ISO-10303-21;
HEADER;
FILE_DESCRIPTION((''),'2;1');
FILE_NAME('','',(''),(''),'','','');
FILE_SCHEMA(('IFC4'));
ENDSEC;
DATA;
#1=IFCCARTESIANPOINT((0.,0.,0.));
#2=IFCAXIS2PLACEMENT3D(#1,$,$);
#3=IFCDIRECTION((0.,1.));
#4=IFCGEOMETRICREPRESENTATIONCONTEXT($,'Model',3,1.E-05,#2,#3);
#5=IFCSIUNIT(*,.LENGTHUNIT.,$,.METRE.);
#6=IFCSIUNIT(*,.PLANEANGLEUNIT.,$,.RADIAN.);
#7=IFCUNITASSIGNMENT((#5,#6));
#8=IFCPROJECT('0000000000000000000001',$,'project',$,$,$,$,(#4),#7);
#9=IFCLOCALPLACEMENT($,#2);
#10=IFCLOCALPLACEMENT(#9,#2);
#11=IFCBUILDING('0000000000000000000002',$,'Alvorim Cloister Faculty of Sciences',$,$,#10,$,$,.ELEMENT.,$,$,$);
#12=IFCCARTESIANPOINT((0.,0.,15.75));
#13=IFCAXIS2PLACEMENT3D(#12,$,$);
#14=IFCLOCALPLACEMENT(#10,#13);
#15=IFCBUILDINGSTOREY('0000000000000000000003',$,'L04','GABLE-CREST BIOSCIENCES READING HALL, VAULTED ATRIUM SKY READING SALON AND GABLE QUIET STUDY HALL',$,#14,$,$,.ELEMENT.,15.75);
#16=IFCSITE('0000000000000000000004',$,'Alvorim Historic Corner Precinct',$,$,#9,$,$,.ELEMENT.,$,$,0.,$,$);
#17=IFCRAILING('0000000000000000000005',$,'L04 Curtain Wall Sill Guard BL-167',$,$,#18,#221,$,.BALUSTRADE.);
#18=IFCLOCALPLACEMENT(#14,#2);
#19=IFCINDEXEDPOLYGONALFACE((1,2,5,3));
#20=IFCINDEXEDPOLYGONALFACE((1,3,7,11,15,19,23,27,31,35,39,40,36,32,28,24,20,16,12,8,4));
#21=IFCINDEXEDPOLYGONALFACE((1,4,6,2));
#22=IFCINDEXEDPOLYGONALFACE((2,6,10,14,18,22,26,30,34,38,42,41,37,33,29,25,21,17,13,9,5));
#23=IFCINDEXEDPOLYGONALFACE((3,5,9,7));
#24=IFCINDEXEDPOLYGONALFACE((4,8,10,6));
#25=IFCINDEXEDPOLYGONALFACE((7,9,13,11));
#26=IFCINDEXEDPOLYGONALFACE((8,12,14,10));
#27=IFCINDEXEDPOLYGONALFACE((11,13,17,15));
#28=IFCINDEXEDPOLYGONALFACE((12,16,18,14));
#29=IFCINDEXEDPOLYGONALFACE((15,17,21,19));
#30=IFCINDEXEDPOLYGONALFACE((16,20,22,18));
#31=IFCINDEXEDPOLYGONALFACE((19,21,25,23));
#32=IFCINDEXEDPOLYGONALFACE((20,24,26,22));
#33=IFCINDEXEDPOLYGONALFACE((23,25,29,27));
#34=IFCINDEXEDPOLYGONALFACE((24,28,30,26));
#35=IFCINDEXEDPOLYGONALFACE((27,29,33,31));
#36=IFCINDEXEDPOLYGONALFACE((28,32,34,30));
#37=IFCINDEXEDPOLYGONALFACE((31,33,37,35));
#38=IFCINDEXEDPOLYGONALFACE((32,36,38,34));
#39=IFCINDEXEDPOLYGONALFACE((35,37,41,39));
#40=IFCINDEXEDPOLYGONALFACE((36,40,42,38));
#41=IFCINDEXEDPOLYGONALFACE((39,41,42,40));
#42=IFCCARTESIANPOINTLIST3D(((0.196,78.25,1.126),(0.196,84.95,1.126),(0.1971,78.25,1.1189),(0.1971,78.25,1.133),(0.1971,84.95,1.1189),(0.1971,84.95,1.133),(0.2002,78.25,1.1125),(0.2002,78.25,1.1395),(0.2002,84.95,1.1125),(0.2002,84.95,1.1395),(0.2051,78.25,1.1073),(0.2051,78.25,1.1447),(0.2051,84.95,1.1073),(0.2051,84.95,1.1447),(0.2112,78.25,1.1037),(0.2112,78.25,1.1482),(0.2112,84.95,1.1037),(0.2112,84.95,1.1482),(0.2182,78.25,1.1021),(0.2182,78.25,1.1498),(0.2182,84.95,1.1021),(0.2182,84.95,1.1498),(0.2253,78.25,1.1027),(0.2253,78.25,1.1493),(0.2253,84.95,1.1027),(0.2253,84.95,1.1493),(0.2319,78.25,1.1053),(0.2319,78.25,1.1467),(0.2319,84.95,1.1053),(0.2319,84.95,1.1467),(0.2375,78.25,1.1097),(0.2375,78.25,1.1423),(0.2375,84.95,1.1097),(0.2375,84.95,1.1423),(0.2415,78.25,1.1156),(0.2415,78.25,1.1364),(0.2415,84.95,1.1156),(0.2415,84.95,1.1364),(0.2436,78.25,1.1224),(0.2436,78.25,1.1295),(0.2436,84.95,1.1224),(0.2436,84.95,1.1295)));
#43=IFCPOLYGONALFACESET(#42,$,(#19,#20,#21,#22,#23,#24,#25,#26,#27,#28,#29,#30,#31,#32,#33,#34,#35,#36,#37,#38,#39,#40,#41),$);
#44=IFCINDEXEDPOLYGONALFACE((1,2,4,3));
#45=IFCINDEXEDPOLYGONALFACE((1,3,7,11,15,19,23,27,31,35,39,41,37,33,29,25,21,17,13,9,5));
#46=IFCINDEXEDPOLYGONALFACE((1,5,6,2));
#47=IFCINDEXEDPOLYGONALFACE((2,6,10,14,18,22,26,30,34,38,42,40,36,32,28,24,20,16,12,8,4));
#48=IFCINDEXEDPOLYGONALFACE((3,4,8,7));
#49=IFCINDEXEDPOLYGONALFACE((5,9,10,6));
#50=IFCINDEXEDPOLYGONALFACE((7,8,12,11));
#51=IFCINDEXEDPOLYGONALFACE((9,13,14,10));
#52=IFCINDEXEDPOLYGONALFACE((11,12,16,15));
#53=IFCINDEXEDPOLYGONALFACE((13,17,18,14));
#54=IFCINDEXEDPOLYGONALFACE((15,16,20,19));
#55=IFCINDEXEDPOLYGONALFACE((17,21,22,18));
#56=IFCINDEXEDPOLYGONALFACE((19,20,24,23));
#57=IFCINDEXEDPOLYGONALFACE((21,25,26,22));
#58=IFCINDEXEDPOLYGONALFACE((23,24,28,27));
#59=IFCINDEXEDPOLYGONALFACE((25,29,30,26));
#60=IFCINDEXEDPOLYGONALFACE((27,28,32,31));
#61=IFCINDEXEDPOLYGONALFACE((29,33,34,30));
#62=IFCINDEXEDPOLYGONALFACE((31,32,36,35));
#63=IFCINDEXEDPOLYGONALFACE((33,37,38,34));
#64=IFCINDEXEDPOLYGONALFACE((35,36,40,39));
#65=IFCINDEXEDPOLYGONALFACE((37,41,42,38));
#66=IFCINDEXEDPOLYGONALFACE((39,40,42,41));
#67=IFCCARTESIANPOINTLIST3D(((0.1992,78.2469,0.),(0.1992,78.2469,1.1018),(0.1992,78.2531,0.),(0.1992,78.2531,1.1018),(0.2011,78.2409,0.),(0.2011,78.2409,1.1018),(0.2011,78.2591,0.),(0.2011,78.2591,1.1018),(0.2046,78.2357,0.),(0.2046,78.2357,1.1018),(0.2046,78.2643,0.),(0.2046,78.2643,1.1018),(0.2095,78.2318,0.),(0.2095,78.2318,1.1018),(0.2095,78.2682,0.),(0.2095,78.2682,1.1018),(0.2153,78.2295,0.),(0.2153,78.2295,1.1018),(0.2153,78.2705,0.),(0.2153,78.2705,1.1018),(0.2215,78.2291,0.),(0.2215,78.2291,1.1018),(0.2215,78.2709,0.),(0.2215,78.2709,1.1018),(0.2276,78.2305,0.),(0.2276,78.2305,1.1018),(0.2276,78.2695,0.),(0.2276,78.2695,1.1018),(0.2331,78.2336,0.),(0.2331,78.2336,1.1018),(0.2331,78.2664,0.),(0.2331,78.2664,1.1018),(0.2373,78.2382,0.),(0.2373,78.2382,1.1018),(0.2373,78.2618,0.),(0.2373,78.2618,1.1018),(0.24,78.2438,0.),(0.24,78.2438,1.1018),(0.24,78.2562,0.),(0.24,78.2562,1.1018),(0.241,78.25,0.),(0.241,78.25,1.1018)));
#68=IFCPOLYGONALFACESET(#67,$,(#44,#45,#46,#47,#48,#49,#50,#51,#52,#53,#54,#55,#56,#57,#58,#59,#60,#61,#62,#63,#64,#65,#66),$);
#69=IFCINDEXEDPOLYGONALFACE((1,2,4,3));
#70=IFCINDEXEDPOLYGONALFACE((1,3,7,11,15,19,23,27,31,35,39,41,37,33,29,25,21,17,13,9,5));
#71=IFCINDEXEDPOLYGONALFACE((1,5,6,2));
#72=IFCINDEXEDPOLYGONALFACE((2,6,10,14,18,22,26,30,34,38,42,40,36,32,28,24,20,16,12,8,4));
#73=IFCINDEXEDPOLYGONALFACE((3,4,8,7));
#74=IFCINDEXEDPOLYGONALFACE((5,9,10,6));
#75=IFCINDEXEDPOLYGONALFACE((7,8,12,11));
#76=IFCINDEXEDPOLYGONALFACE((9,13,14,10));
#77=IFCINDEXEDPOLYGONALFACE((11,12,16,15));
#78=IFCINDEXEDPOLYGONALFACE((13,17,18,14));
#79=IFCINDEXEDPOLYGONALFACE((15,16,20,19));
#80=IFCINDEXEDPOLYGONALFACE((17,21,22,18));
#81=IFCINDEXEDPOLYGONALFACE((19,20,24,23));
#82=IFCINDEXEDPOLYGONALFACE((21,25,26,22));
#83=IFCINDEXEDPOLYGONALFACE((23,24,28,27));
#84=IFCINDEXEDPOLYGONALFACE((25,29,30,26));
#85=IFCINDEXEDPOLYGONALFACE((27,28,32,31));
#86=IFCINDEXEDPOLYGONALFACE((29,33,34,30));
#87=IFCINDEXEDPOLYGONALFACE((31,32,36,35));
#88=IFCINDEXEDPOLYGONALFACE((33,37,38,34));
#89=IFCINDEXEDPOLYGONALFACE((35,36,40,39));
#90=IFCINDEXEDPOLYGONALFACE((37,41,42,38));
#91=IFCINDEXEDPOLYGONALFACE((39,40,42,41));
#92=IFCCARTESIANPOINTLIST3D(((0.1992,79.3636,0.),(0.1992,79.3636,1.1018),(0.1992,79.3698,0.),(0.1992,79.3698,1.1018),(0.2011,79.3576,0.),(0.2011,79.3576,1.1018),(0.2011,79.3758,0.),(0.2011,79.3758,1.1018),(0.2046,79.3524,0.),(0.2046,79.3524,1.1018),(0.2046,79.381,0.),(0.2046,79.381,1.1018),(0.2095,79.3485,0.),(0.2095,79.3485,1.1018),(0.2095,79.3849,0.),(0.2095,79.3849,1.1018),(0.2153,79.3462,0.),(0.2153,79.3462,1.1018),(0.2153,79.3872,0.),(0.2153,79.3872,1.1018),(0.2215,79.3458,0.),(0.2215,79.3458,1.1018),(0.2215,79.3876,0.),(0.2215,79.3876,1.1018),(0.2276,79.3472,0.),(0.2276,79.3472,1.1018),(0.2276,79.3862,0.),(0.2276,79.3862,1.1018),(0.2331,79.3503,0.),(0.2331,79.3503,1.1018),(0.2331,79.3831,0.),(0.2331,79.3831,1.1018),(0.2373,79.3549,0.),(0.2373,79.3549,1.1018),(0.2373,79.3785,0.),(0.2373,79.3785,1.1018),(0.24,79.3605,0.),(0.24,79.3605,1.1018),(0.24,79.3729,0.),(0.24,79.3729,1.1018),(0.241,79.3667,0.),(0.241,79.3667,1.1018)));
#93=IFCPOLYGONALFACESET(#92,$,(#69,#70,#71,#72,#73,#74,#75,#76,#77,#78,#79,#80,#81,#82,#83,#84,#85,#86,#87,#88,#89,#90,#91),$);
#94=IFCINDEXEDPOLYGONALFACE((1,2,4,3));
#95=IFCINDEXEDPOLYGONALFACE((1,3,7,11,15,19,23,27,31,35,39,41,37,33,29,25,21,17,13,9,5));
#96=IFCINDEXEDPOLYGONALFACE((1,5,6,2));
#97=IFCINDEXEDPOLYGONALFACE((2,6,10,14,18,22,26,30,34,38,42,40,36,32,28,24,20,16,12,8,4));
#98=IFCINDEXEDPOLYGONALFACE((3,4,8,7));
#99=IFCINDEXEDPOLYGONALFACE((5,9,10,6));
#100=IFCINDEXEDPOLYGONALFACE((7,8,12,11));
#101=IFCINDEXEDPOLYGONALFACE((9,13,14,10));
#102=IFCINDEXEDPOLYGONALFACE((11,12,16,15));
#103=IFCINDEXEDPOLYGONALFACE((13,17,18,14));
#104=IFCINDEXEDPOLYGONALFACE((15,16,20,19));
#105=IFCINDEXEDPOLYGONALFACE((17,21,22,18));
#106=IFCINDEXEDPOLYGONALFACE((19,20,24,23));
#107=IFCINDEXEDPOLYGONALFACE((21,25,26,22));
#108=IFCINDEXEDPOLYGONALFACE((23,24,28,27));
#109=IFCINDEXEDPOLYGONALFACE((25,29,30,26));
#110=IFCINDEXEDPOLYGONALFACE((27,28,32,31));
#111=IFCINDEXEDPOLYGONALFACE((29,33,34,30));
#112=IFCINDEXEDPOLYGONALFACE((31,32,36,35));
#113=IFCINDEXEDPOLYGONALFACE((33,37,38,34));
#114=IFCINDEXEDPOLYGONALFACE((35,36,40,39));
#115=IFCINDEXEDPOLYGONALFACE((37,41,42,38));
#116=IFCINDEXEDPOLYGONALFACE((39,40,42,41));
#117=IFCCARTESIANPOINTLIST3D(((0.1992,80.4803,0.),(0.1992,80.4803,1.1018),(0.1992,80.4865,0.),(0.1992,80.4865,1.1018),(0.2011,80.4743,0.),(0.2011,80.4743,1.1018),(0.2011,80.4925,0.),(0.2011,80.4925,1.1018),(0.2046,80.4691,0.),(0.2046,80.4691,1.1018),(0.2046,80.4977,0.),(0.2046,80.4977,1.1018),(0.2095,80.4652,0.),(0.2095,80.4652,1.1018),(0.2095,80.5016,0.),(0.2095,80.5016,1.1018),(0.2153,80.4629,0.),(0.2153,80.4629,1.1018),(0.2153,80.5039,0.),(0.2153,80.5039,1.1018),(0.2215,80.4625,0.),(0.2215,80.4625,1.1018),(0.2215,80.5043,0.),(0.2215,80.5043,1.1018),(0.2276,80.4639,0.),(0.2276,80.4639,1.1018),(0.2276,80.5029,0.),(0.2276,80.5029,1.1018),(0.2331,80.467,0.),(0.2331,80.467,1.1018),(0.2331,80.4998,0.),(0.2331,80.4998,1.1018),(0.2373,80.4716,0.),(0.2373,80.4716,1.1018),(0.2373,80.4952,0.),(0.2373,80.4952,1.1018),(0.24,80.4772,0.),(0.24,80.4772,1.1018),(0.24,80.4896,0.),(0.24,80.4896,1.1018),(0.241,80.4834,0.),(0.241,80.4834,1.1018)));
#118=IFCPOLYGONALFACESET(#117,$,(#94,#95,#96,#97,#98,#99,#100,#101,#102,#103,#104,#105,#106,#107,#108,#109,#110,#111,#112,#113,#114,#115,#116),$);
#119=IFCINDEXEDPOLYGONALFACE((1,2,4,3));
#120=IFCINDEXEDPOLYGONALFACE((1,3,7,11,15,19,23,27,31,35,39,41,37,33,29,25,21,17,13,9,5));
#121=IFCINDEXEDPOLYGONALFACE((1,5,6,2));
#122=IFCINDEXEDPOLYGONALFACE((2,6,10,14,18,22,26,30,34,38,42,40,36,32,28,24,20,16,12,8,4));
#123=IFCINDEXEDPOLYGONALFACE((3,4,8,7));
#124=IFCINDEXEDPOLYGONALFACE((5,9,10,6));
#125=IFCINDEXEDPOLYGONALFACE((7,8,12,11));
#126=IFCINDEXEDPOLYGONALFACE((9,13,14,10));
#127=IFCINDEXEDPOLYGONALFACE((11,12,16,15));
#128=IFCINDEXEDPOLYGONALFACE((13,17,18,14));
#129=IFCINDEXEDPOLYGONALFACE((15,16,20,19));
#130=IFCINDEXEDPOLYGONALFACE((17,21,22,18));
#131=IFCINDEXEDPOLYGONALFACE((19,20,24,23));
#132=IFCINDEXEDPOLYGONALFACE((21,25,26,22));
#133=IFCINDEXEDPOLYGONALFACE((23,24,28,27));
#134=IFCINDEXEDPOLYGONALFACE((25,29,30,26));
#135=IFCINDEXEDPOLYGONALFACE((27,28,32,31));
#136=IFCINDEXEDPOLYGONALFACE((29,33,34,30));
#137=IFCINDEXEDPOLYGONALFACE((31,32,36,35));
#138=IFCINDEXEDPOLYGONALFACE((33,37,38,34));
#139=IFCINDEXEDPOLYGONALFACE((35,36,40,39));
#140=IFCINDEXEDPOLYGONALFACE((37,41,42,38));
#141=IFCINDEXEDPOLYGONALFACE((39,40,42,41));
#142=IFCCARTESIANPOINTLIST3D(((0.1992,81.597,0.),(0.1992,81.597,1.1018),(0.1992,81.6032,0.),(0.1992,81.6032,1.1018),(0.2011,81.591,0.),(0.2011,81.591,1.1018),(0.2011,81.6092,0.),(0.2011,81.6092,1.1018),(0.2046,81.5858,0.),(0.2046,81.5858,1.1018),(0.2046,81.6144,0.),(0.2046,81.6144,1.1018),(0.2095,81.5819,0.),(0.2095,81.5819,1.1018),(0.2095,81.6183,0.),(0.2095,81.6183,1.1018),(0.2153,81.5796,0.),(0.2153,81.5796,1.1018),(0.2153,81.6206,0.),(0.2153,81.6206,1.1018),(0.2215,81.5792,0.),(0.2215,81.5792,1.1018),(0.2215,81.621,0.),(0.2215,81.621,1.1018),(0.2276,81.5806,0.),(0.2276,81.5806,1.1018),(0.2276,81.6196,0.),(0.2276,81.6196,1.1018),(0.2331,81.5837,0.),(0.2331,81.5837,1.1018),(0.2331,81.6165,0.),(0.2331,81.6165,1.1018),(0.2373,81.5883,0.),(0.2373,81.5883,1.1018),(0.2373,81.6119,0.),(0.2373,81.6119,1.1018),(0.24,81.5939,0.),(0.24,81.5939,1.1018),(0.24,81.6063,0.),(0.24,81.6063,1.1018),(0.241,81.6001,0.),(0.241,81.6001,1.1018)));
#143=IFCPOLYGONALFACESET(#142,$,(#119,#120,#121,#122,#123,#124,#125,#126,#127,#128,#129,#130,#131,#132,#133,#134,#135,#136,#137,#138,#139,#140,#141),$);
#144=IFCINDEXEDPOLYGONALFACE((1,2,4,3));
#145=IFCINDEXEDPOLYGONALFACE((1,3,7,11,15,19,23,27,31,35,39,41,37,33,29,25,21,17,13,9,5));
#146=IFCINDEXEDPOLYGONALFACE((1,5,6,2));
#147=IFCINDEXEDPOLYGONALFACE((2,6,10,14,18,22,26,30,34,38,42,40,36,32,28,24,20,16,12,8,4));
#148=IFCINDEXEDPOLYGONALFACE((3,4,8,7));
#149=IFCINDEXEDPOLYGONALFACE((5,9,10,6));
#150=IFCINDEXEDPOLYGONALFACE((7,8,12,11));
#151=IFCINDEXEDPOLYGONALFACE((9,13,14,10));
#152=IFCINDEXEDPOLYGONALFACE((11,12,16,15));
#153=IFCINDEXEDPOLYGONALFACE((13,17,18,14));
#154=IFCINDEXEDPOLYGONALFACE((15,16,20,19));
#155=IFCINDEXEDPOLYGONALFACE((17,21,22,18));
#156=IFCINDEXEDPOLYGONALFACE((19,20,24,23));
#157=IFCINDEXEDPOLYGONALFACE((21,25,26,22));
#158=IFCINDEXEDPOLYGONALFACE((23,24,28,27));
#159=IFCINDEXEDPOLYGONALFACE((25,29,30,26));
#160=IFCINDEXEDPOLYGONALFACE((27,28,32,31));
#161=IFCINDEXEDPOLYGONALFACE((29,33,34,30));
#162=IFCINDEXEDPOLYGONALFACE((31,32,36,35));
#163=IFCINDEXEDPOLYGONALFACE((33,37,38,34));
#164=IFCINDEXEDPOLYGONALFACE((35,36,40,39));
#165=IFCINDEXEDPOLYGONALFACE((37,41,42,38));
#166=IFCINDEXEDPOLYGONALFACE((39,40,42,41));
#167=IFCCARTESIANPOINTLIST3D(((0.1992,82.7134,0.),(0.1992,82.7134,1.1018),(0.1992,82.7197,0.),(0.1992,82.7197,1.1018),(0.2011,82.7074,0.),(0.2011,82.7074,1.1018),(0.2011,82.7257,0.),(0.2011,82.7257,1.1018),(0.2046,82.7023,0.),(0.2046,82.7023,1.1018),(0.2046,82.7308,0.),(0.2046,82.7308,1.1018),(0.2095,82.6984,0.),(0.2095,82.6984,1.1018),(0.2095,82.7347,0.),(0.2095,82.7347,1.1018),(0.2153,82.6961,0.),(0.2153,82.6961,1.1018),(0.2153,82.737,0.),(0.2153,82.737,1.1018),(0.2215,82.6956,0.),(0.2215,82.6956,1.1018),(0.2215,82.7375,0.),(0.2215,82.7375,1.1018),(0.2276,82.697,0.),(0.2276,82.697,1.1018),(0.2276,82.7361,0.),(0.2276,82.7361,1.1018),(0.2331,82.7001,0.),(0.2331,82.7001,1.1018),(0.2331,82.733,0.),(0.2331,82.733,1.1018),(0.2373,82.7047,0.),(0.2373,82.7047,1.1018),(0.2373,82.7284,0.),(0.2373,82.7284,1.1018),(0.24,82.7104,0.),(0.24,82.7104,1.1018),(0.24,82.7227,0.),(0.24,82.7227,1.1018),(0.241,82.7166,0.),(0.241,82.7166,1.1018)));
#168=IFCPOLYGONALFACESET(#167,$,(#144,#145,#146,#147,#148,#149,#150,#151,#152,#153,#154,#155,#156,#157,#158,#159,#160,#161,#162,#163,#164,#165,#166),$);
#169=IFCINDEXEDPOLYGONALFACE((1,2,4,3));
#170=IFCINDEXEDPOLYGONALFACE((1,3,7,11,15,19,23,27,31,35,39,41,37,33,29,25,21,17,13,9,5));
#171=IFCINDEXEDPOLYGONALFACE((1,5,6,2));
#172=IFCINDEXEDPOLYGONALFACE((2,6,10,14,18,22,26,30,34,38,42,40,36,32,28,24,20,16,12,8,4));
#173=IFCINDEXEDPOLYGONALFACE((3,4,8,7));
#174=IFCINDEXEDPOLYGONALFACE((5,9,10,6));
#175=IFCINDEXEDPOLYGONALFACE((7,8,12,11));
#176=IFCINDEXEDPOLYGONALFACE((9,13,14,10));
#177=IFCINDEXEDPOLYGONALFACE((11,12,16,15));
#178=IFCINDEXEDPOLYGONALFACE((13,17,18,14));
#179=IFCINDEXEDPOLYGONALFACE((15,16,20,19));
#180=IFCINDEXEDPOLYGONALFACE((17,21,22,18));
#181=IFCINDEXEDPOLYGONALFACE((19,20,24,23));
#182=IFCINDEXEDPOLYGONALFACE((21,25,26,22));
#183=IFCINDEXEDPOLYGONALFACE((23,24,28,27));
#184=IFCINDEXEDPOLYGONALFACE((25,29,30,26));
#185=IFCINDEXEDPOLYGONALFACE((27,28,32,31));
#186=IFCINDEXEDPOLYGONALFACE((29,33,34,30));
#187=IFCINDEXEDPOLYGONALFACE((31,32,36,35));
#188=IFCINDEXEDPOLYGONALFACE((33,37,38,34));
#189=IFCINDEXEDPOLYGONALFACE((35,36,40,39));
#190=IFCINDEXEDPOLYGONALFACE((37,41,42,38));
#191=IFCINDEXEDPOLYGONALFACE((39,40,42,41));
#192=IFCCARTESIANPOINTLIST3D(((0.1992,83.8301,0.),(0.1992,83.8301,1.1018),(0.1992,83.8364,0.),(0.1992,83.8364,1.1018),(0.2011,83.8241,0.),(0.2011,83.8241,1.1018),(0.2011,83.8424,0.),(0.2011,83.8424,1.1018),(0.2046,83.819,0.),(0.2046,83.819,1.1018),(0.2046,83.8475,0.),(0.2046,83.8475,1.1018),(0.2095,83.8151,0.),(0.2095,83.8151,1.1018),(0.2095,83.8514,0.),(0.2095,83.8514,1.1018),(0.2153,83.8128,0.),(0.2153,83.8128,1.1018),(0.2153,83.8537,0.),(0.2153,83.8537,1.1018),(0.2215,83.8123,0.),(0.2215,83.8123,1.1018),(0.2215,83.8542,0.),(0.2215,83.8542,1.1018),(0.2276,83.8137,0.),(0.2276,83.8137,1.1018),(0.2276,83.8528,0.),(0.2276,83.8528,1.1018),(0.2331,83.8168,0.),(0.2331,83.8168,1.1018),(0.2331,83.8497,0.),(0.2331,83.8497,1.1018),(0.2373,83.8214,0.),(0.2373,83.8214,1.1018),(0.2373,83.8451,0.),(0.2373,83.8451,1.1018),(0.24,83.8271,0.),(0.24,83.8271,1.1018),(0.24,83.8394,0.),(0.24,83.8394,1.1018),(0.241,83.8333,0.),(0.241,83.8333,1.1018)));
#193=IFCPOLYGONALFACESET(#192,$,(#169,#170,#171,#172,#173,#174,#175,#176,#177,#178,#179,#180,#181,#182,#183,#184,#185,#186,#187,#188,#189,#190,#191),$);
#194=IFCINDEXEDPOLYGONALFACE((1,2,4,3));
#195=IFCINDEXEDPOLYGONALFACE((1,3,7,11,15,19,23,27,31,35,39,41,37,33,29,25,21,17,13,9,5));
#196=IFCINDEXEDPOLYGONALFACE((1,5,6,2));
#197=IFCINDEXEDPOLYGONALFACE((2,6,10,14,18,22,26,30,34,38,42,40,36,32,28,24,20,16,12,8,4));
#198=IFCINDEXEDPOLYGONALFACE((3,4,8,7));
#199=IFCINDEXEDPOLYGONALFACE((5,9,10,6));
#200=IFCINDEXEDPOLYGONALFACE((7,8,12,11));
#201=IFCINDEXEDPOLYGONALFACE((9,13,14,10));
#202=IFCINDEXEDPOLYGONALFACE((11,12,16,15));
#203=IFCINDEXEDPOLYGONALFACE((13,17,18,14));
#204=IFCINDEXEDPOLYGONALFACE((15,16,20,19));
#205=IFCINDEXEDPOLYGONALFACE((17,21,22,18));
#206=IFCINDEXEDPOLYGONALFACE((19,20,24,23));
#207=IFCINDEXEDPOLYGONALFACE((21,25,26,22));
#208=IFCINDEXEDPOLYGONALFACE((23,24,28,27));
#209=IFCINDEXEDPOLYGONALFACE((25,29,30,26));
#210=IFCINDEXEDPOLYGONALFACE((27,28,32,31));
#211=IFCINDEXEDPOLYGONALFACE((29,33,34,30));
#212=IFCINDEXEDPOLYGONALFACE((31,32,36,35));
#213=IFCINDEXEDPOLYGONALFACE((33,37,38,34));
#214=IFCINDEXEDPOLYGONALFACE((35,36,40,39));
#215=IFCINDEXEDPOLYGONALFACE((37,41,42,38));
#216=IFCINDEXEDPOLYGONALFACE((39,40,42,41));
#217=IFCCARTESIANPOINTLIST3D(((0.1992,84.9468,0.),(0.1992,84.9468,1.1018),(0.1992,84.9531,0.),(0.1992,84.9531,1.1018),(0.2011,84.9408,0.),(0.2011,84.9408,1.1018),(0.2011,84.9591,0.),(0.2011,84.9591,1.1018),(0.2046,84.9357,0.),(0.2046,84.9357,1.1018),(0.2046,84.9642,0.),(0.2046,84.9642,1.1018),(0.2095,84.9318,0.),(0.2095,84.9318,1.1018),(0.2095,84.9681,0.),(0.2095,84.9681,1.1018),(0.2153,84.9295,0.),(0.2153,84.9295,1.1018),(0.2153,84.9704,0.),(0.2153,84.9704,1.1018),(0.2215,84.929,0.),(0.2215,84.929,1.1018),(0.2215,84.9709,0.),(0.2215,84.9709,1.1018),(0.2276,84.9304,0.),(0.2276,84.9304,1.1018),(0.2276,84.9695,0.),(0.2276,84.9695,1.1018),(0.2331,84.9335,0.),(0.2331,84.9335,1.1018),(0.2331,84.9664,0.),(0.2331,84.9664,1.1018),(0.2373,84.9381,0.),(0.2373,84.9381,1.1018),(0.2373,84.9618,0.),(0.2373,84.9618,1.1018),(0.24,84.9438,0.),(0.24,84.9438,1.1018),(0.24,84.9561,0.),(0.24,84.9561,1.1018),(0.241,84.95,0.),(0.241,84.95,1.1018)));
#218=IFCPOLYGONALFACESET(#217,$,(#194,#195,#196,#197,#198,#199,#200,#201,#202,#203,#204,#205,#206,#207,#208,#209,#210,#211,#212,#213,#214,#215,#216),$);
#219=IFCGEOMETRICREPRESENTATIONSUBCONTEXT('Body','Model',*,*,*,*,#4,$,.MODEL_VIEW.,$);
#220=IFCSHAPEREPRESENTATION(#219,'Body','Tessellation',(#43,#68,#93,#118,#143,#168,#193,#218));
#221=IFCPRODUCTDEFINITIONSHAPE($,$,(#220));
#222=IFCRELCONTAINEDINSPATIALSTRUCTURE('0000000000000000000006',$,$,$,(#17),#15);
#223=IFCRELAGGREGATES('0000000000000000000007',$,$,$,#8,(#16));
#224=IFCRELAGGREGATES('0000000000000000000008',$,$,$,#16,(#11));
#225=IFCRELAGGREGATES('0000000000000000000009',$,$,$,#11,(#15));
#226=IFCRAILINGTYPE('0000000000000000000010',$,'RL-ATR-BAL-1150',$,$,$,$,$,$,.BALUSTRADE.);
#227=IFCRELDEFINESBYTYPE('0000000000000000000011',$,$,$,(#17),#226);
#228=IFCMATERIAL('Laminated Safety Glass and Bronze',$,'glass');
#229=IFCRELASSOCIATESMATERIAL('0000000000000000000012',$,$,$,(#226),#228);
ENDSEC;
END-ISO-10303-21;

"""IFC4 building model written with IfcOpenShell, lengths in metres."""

from ifc_helpers import new_model, si_unit, direction, frame, origin, origin_2d, place, context, subcontext, project, spatial, circle, extrude, material, type_object, element, save


model = new_model("IFC4")

# Units and contexts
model_context = context("Model", 3, precision=1e-05, world=origin(), true_north=direction((0.0, 1.0)))
body_context = subcontext(model_context, "Body", "Model", "MODEL_VIEW")
ifc_project = project(units=[si_unit("LENGTHUNIT", "METRE"), si_unit("PLANEANGLEUNIT", "RADIAN")], contexts=[model_context])

# Site, building, storey
site_placement = place(None, origin())
site = spatial("IfcSite", under=ifc_project, at=site_placement, Name="Alvorim Historic Corner Precinct", CompositionType="ELEMENT", RefElevation=0.0)
building_placement = place(site_placement, origin())
building = spatial("IfcBuilding", under=site, at=building_placement, Name="Alvorim Cloister Faculty of Sciences", CompositionType="ELEMENT")
storey_placement = place(building_placement, frame((0.0, 0.0, 15.75)))
storey = spatial("IfcBuildingStorey", under=building, at=storey_placement, Name="L04", Description="GABLE-CREST BIOSCIENCES READING HALL, VAULTED ATRIUM SKY READING SALON AND GABLE QUIET STUDY HALL", CompositionType="ELEMENT", Elevation=15.75)

# Railing
ifc_material_1 = material(Name="Laminated Safety Glass and Bronze", Category="glass")
railing_type = type_object("IfcRailingType", Name="RL-ATR-BAL-1150", PredefinedType="BALUSTRADE", material=ifc_material_1)
railing_placement = place(storey_placement, frame((0.22, 78.25, 0.0)))
element("IfcRailing", 1, at=railing_placement, inside=storey, type_object=railing_type, Name="L04 Curtain Wall Sill Guard BL-167", PredefinedType="BALUSTRADE", context=body_context, shape_type="SweptSolid", body=[
    extrude(circle(Radius=0.0239, at=origin_2d()), frame((0.0, 0.0, 1.126), z_axis=(0.0, 1.0, 0.0), x_axis=(-1.0, 0.0, 0.0)), (0.0, 0.0, 1.0), 6.7),
    extrude(circle(Radius=0.021, at=origin_2d()), origin(), (0.0, 0.0, 1.0), 1.1018),
    extrude(circle(Radius=0.021, at=origin_2d()), frame((0.0, 1.1167, 0.0)), (0.0, 0.0, 1.0), 1.1018),
    extrude(circle(Radius=0.021, at=origin_2d()), frame((0.0, 2.2334, 0.0)), (0.0, 0.0, 1.0), 1.1018),
    extrude(circle(Radius=0.021, at=origin_2d()), frame((0.0, 3.3501, 0.0)), (0.0, 0.0, 1.0), 1.1018),
    extrude(circle(Radius=0.021, at=origin_2d()), frame((0.0, 4.4666, 0.0)), (0.0, 0.0, 1.0), 1.1018),
    extrude(circle(Radius=0.021, at=origin_2d()), frame((0.0, 5.5833, 0.0)), (0.0, 0.0, 1.0), 1.1018),
    extrude(circle(Radius=0.021, at=origin_2d()), frame((0.0, 6.7, 0.0)), (0.0, 0.0, 1.0), 1.1018),
])

save(model, "model.ifc")
